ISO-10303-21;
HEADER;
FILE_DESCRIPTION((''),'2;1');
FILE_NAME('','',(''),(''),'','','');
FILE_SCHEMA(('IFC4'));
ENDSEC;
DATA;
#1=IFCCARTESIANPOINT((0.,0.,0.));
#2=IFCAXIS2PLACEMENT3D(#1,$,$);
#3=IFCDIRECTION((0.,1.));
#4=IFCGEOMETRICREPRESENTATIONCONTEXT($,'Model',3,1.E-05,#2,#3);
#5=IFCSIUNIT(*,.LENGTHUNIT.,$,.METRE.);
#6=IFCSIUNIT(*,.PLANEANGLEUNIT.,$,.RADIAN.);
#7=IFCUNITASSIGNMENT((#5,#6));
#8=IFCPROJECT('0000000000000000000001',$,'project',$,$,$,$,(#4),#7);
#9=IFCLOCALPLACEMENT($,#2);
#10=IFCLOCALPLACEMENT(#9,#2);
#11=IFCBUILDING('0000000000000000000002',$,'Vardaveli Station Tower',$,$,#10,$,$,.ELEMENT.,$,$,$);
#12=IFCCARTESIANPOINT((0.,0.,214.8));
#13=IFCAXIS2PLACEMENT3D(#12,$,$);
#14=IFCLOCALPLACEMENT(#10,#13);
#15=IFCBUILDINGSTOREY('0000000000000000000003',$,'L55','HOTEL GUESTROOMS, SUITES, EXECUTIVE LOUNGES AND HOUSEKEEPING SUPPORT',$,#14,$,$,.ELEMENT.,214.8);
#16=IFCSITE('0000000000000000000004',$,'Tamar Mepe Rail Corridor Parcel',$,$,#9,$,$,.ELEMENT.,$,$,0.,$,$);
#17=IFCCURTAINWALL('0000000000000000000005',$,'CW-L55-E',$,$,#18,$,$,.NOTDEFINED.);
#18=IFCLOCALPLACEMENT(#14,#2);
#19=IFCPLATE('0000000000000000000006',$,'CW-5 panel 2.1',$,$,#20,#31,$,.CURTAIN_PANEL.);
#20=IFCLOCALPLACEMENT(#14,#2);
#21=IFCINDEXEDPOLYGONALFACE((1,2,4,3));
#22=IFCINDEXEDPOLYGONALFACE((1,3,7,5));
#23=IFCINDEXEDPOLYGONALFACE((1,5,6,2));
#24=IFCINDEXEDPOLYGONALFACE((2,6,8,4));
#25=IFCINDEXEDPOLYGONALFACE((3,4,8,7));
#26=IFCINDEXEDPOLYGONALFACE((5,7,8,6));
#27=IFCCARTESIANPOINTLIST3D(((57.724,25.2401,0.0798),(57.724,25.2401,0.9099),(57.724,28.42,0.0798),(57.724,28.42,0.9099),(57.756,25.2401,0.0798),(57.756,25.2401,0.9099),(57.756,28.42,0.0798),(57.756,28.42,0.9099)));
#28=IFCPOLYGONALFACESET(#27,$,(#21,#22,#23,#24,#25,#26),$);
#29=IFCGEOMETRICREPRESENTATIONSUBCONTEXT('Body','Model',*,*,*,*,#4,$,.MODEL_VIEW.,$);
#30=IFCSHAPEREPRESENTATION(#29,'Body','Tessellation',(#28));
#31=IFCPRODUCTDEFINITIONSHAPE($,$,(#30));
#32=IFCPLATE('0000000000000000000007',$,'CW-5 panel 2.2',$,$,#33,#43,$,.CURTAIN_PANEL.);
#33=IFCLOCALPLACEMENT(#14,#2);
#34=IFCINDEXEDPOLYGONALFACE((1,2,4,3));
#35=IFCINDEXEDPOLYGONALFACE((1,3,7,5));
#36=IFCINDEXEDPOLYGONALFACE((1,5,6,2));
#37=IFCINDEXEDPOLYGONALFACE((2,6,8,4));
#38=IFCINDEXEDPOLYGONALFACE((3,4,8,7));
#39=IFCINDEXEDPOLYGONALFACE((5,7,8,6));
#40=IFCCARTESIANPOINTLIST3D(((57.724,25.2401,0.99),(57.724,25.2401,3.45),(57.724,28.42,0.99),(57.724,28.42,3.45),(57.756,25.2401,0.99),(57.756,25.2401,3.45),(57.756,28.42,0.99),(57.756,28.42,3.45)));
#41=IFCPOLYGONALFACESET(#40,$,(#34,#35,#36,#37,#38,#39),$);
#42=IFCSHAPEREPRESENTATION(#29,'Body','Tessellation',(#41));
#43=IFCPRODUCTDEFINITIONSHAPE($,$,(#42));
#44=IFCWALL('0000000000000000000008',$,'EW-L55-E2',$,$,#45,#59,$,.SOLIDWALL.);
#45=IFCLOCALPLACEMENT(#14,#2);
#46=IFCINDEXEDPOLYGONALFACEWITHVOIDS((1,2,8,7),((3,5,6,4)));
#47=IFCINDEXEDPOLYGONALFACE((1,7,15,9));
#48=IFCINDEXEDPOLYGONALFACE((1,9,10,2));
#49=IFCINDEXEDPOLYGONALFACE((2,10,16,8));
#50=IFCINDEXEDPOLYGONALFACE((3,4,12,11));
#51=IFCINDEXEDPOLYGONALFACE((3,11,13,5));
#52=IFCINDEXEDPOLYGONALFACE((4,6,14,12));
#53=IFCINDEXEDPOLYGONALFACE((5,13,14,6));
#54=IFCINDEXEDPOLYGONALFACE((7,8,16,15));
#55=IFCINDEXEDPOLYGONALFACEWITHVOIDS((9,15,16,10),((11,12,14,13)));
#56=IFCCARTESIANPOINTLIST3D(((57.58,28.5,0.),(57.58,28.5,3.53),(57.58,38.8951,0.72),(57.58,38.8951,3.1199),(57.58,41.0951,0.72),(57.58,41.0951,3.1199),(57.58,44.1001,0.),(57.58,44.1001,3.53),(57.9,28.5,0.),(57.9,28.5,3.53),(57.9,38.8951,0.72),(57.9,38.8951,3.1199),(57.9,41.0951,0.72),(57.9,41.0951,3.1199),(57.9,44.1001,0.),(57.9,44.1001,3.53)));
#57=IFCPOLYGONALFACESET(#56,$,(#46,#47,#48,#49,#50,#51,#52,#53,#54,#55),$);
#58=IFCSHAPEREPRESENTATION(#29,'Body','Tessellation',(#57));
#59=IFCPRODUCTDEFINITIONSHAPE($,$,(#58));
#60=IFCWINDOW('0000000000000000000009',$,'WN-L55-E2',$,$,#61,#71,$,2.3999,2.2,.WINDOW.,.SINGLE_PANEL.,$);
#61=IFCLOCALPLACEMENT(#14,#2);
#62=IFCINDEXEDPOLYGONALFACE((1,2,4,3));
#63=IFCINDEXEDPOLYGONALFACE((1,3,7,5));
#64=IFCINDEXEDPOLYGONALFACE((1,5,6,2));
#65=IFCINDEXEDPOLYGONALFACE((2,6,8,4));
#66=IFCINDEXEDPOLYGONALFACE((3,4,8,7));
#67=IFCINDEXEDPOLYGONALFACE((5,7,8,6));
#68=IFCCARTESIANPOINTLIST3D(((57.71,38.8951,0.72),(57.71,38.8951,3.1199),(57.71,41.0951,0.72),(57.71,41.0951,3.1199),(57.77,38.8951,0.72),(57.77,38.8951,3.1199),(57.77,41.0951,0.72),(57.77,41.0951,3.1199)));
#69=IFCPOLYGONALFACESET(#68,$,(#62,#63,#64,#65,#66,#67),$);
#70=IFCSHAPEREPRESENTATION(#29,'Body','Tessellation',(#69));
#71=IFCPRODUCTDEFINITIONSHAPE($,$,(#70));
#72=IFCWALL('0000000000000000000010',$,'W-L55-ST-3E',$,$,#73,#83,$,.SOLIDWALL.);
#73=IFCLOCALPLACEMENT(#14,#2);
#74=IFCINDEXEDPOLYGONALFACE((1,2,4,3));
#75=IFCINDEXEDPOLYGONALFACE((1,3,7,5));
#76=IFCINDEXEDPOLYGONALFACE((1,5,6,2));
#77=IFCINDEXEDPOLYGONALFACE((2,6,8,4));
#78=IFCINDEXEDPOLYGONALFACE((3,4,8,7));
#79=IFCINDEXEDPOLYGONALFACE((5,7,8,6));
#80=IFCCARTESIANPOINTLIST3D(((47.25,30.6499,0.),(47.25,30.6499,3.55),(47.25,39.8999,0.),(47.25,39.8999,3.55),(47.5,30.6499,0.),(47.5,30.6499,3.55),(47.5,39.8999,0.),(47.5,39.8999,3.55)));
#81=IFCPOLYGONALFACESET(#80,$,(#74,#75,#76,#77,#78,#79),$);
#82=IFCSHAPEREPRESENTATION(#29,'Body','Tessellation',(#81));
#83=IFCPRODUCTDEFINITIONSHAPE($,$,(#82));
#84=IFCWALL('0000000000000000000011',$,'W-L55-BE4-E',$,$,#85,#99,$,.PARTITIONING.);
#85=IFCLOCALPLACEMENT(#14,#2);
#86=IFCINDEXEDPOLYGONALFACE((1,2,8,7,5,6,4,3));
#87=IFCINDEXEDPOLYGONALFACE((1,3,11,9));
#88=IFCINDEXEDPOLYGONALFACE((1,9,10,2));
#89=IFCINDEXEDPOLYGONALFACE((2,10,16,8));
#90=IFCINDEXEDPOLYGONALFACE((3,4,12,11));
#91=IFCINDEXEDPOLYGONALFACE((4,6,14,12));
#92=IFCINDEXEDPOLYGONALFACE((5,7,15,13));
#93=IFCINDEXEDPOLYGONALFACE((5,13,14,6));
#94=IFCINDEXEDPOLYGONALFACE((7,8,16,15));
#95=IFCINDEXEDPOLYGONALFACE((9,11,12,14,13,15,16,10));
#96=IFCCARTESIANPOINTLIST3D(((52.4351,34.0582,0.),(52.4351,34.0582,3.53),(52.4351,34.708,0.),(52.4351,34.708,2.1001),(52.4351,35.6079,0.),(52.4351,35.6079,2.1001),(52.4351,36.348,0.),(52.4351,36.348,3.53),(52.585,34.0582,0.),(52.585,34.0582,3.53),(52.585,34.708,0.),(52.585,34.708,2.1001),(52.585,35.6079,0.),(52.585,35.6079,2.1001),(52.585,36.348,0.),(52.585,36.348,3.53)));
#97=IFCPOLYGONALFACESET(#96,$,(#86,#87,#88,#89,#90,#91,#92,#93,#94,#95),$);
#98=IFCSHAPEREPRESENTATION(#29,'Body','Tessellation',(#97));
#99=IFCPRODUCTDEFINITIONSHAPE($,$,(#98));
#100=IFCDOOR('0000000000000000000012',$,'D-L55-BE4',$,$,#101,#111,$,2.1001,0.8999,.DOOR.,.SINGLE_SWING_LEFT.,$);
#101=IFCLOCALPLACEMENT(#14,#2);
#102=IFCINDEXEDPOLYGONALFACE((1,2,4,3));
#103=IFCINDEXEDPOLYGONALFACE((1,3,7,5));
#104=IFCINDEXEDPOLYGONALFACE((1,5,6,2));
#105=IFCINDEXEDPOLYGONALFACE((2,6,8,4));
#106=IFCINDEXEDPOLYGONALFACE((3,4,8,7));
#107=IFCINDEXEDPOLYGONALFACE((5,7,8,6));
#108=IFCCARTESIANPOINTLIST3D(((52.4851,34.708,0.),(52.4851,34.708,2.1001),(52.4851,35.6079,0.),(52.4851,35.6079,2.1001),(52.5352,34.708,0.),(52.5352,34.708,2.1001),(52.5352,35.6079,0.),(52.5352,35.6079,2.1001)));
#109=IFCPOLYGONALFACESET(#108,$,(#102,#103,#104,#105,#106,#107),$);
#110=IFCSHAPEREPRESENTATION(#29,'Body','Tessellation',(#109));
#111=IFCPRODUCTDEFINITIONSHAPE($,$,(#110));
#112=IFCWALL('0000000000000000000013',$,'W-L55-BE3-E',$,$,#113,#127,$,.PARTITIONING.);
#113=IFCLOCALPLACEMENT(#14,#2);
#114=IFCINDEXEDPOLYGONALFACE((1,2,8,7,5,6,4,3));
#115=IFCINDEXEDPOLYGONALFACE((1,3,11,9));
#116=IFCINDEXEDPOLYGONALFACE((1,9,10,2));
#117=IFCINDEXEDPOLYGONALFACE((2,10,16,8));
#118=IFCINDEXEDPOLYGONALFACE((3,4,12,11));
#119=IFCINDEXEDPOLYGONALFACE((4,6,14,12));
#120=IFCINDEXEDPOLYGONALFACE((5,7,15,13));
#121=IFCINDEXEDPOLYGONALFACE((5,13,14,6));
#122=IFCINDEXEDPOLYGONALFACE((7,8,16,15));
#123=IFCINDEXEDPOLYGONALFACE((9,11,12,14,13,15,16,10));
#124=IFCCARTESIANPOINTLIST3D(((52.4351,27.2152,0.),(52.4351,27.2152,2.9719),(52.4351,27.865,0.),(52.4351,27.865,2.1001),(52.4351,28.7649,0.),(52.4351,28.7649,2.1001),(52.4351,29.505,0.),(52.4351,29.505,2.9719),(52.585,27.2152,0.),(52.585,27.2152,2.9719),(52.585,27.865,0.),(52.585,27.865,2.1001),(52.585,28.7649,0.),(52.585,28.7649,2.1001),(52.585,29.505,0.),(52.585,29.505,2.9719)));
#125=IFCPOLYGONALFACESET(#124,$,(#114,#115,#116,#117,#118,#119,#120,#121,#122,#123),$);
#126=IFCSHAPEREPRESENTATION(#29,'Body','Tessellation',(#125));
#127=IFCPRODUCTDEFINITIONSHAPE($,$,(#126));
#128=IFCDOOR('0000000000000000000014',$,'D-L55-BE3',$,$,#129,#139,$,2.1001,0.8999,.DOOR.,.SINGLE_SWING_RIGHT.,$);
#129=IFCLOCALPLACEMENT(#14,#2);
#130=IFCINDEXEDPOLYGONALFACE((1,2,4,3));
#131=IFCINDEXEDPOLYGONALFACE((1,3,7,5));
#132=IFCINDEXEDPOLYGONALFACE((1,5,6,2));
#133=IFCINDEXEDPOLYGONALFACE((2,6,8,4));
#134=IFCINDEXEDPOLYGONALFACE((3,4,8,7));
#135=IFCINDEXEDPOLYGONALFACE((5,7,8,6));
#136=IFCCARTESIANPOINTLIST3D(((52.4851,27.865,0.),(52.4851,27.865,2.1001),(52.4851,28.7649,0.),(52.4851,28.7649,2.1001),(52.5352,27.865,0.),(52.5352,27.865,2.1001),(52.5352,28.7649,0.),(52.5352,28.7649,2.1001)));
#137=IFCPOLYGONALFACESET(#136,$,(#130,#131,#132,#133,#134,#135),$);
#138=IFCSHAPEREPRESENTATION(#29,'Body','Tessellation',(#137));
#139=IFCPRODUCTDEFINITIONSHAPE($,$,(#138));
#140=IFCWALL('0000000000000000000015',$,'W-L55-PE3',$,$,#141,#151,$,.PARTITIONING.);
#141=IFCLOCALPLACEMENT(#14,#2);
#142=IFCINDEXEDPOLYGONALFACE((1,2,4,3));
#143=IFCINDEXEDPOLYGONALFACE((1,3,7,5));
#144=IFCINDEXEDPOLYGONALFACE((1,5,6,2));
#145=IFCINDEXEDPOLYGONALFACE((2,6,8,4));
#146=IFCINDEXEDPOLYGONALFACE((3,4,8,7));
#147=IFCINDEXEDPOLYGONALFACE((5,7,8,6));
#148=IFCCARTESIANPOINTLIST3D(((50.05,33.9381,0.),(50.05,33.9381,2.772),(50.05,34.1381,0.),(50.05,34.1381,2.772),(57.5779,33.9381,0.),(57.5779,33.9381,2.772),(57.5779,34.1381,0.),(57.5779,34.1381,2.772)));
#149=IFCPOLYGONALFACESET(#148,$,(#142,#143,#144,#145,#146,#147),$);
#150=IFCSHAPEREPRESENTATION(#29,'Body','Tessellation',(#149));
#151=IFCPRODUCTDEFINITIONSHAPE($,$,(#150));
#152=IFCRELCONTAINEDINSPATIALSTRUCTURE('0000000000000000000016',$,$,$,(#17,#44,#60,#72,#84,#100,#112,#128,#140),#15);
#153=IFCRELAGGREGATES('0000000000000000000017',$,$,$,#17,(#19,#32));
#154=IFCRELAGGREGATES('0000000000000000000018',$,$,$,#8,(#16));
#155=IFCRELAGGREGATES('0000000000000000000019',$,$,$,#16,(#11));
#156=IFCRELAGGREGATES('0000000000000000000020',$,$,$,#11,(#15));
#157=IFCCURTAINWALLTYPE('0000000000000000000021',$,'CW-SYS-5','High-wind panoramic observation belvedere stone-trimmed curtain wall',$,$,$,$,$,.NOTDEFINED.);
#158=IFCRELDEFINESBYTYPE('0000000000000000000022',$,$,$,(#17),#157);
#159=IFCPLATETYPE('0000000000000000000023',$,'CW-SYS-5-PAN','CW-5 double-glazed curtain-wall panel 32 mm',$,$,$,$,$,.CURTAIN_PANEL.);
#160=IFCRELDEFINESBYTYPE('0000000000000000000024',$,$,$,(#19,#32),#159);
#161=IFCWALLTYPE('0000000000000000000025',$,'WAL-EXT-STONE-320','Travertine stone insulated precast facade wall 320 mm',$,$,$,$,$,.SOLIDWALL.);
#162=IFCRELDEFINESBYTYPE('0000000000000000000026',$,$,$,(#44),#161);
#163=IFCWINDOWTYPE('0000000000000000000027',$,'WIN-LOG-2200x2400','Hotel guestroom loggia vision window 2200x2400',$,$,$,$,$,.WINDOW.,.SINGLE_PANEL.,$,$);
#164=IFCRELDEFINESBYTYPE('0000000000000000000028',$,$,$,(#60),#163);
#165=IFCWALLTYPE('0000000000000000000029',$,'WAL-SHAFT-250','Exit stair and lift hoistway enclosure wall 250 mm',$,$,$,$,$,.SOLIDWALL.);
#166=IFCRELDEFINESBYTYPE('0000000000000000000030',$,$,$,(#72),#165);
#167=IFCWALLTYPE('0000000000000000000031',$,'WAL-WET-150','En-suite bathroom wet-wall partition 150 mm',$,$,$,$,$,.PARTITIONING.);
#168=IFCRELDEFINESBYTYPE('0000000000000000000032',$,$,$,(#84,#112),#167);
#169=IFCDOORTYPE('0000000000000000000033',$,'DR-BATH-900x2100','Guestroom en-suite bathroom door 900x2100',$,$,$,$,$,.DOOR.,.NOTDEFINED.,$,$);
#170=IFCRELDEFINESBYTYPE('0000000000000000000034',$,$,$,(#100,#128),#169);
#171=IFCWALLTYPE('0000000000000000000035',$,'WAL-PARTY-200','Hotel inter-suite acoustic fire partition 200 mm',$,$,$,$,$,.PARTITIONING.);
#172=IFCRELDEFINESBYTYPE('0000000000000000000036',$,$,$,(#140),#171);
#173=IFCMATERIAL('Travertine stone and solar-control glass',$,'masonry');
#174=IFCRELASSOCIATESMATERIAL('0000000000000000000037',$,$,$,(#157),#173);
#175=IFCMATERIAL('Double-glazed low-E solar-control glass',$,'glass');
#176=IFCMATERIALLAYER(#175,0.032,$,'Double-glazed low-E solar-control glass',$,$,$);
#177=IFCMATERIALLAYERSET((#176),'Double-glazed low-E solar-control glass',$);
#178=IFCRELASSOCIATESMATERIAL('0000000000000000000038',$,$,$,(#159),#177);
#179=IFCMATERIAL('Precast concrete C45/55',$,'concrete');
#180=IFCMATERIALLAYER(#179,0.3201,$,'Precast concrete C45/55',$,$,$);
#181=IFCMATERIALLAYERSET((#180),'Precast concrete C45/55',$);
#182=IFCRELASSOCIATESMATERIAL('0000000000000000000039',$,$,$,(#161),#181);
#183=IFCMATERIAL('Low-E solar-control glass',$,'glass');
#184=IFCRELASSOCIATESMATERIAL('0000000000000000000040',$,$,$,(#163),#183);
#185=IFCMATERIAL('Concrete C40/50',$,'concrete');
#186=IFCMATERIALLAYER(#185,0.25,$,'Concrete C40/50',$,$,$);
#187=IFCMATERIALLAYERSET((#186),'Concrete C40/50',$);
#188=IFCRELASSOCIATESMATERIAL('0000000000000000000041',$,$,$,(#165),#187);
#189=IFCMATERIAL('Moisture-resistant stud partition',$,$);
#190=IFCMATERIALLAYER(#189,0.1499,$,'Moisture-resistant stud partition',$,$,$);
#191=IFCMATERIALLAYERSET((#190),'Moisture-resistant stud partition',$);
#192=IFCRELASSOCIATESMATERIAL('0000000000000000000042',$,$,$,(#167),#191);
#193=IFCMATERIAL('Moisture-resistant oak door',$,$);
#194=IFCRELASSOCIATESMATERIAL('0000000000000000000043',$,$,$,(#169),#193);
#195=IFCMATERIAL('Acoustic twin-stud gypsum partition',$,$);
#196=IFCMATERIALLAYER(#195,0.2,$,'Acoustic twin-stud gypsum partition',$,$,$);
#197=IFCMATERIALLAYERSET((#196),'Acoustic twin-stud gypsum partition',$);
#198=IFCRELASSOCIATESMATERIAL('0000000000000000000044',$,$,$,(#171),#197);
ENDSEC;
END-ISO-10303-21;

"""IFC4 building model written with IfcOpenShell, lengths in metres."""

from ifc_helpers import new_model, si_unit, direction, frame, frame_2d, origin, origin_2d, place, context, subcontext, project, spatial, rectangle, extrude, source, transform, mapped, material, layer, layer_set, type_object, element, fill, aggregate, save


model = new_model("IFC4")

# Units and contexts
model_context = context("Model", 3, precision=1e-05, world=origin(), true_north=direction((0.0, 1.0)))
body_context = subcontext(model_context, "Body", "Model", "MODEL_VIEW")
ifc_project = project(units=[si_unit("LENGTHUNIT", "METRE"), si_unit("PLANEANGLEUNIT", "RADIAN")], contexts=[model_context])

# Site, building, storey
site_placement = place(None, origin())
site = spatial("IfcSite", under=ifc_project, at=site_placement, Name="Tamar Mepe Rail Corridor Parcel", CompositionType="ELEMENT", RefElevation=0.0)
building_placement = place(site_placement, origin())
building = spatial("IfcBuilding", under=site, at=building_placement, Name="Vardaveli Station Tower", CompositionType="ELEMENT")
storey_placement = place(building_placement, frame((0.0, 0.0, 214.8)))
storey = spatial("IfcBuildingStorey", under=building, at=storey_placement, Name="L55", Description="HOTEL GUESTROOMS, SUITES, EXECUTIVE LOUNGES AND HOUSEKEEPING SUPPORT", CompositionType="ELEMENT", Elevation=214.8)

# Shared definitions
ifc_material_1 = material(Name="Precast concrete C45/55", Category="concrete")

# Curtain wall, plates
ifc_material_2 = material(Name="Travertine stone and solar-control glass", Category="masonry")
curtain_wall_type = type_object("IfcCurtainWallType", Name="CW-SYS-5", Description="High-wind panoramic observation belvedere stone-trimmed curtain wall", PredefinedType="NOTDEFINED", material=ifc_material_2)
curtain_wall_placement = place(storey_placement, origin())
curtain_wall = element("IfcCurtainWall", 1, at=curtain_wall_placement, inside=storey, type_object=curtain_wall_type, Name="CW-L55-E", PredefinedType="NOTDEFINED")
ifc_material_3 = material(Name="Double-glazed low-E solar-control glass", Category="glass")
ifc_layer_1 = layer(ifc_material_3, 0.032, Name="Double-glazed low-E solar-control glass")
ifc_layer_set_1 = layer_set([ifc_layer_1], Name="Double-glazed low-E solar-control glass")
plate_type = type_object("IfcPlateType", Name="CW-SYS-5-PAN", Description="CW-5 double-glazed curtain-wall panel 32 mm", PredefinedType="CURTAIN_PANEL", material=ifc_layer_set_1)
shared_shape_1 = source(origin(), body_context, "Body", "SweptSolid", [
    extrude(rectangle(XDim=3.1799, YDim=0.032, at=origin_2d()), origin(), (0.0, 0.0, 1.0), 0.8301),
])
plate_1_placement = place(storey_placement, frame((57.74, 26.8301, 0.0798), z_axis=(0.0, 0.0, 1.0), x_axis=(0.0, 1.0, 0.0)))
plate_1 = element("IfcPlate", 2, at=plate_1_placement, type_object=plate_type, Name="CW-5 panel 2.1", PredefinedType="CURTAIN_PANEL", context=body_context, shape_type="MappedRepresentation", body=[
    mapped(shared_shape_1, transform((0.0, 0.0, 0.0), scale=1.0)),
])
shared_shape_2 = source(origin(), body_context, "Body", "SweptSolid", [
    extrude(rectangle(XDim=3.1799, YDim=0.032, at=origin_2d()), origin(), (0.0, 0.0, 1.0), 2.46),
])
plate_2_placement = place(storey_placement, frame((57.74, 26.8301, 0.99), z_axis=(0.0, 0.0, 1.0), x_axis=(0.0, 1.0, 0.0)))
plate_2 = element("IfcPlate", 3, at=plate_2_placement, type_object=plate_type, Name="CW-5 panel 2.2", PredefinedType="CURTAIN_PANEL", context=body_context, shape_type="MappedRepresentation", body=[
    mapped(shared_shape_2, transform((0.0, 0.0, 0.0), scale=1.0)),
])
aggregate(curtain_wall, [plate_1, plate_2])

# Wall, opening, window
ifc_layer_2 = layer(ifc_material_1, 0.3201, Name="Precast concrete C45/55")
ifc_layer_set_2 = layer_set([ifc_layer_2], Name="Precast concrete C45/55")
wall_type_1 = type_object("IfcWallType", Name="WAL-EXT-STONE-320", Description="Travertine stone insulated precast facade wall 320 mm", PredefinedType="SOLIDWALL", material=ifc_layer_set_2)
shared_shape_3 = source(origin(), body_context, "Body", "SweptSolid", [
    extrude(rectangle(XDim=15.6001, YDim=0.3201, at=frame_2d((7.8, 0.0))), origin(), (0.0, 0.0, 1.0), 3.53),
])
wall_1_placement = place(storey_placement, frame((57.74, 28.5, 0.0), z_axis=(0.0, 0.0, 1.0), x_axis=(0.0, 1.0, 0.0)))
wall_1 = element("IfcWall", 4, at=wall_1_placement, inside=storey, type_object=wall_type_1, Name="EW-L55-E2", PredefinedType="SOLIDWALL", context=body_context, shape_type="MappedRepresentation", body=[
    mapped(shared_shape_3, transform((0.0, 0.0, 0.0), scale=1.0)),
])
shared_shape_4 = source(origin(), body_context, "Body", "SweptSolid", [
    extrude(rectangle(XDim=2.2, YDim=2.3999, at=frame_2d((1.1001, 1.2))), frame((0.0, 0.1699, 0.0), z_axis=(0.0, -1.0, 0.0), x_axis=(1.0, 0.0, 0.0)), (0.0, 0.0, 1.0), 0.3401),
])
opening_1_placement = place(wall_1_placement, frame((10.395, 0.0, 0.72)))
opening_1 = element("IfcOpeningElement", 5, at=opening_1_placement, cuts=wall_1, PredefinedType="OPENING", context=body_context, shape_type="MappedRepresentation", body=[
    mapped(shared_shape_4, transform((0.0, 0.0, 0.0), scale=1.0)),
])
ifc_material_4 = material(Name="Low-E solar-control glass", Category="glass")
window_type = type_object("IfcWindowType", Name="WIN-LOG-2200x2400", Description="Hotel guestroom loggia vision window 2200x2400", PartitioningType="SINGLE_PANEL", PredefinedType="WINDOW", material=ifc_material_4)
shared_shape_5 = source(origin(), body_context, "Body", "SweptSolid", [
    extrude(rectangle(XDim=2.2, YDim=2.3999, at=frame_2d((1.1001, 1.2))), frame((0.0, 0.03, 0.0), z_axis=(0.0, -1.0, 0.0), x_axis=(1.0, 0.0, 0.0)), (0.0, 0.0, 1.0), 0.0601),
])
window_placement = place(opening_1_placement, origin())
window = element("IfcWindow", 6, at=window_placement, inside=storey, type_object=window_type, Name="WN-L55-E2", OverallHeight=2.3999, OverallWidth=2.2, PartitioningType="SINGLE_PANEL", PredefinedType="WINDOW", context=body_context, shape_type="MappedRepresentation", body=[
    mapped(shared_shape_5, transform((0.0, 0.0, 0.0), scale=1.0)),
])
fill(opening_1, window)

# Wall
ifc_material_5 = material(Name="Concrete C40/50", Category="concrete")
ifc_layer_3 = layer(ifc_material_5, 0.25, Name="Concrete C40/50")
ifc_layer_set_3 = layer_set([ifc_layer_3], Name="Concrete C40/50")
wall_type_2 = type_object("IfcWallType", Name="WAL-SHAFT-250", Description="Exit stair and lift hoistway enclosure wall 250 mm", PredefinedType="SOLIDWALL", material=ifc_layer_set_3)
shared_shape_6 = source(origin(), body_context, "Body", "SweptSolid", [
    extrude(rectangle(XDim=9.25, YDim=0.25, at=frame_2d((4.625, 0.0))), origin(), (0.0, 0.0, 1.0), 3.55),
])
wall_2_placement = place(storey_placement, frame((47.375, 30.6499, 0.0), z_axis=(0.0, 0.0, 1.0), x_axis=(0.0, 1.0, 0.0)))
element("IfcWall", 7, at=wall_2_placement, inside=storey, type_object=wall_type_2, Name="W-L55-ST-3E", PredefinedType="SOLIDWALL", context=body_context, shape_type="MappedRepresentation", body=[
    mapped(shared_shape_6, transform((0.0, 0.0, 0.0), scale=1.0)),
])

# Walls, openings, doors
ifc_material_6 = material(Name="Moisture-resistant stud partition")
ifc_layer_4 = layer(ifc_material_6, 0.1499, Name="Moisture-resistant stud partition")
ifc_layer_set_4 = layer_set([ifc_layer_4], Name="Moisture-resistant stud partition")
wall_type_3 = type_object("IfcWallType", Name="WAL-WET-150", Description="En-suite bathroom wet-wall partition 150 mm", PredefinedType="PARTITIONING", material=ifc_layer_set_4)
shared_shape_7 = source(origin(), body_context, "Body", "SweptSolid", [
    extrude(rectangle(XDim=2.2898, YDim=0.1499, at=frame_2d((1.145, 0.0))), origin(), (0.0, 0.0, 1.0), 3.53),
])
wall_3_placement = place(storey_placement, frame((52.51, 34.0581, 0.0), z_axis=(0.0, 0.0, 1.0), x_axis=(0.0, 1.0, 0.0)))
wall_3 = element("IfcWall", 8, at=wall_3_placement, inside=storey, type_object=wall_type_3, Name="W-L55-BE4-E", PredefinedType="PARTITIONING", context=body_context, shape_type="MappedRepresentation", body=[
    mapped(shared_shape_7, transform((0.0, 0.0, 0.0), scale=1.0)),
])
shared_shape_8 = source(origin(), body_context, "Body", "SweptSolid", [
    extrude(rectangle(XDim=0.8999, YDim=2.1001, at=frame_2d((0.45, 1.05))), frame((0.0, 0.085, 0.0), z_axis=(0.0, -1.0, 0.0), x_axis=(1.0, 0.0, 0.0)), (0.0, 0.0, 1.0), 0.1699),
])
opening_2_placement = place(wall_3_placement, frame((0.6499, 0.0, 0.0)))
opening_2 = element("IfcOpeningElement", 9, at=opening_2_placement, cuts=wall_3, PredefinedType="OPENING", context=body_context, shape_type="MappedRepresentation", body=[
    mapped(shared_shape_8, transform((0.0, 0.0, 0.0), scale=1.0)),
])
ifc_material_7 = material(Name="Moisture-resistant oak door")
door_type = type_object("IfcDoorType", Name="DR-BATH-900x2100", Description="Guestroom en-suite bathroom door 900x2100", OperationType="NOTDEFINED", PredefinedType="DOOR", material=ifc_material_7)
shared_shape_9 = source(origin(), body_context, "Body", "SweptSolid", [
    extrude(rectangle(XDim=0.8999, YDim=2.1001, at=frame_2d((0.45, 1.05))), frame((0.0, 0.0249, 0.0), z_axis=(0.0, -1.0, 0.0), x_axis=(1.0, 0.0, 0.0)), (0.0, 0.0, 1.0), 0.05),
])
door_1_placement = place(opening_2_placement, origin())
door_1 = element("IfcDoor", 10, at=door_1_placement, inside=storey, type_object=door_type, Name="D-L55-BE4", OperationType="SINGLE_SWING_LEFT", OverallHeight=2.1001, OverallWidth=0.8999, PredefinedType="DOOR", context=body_context, shape_type="MappedRepresentation", body=[
    mapped(shared_shape_9, transform((0.0, 0.0, 0.0), scale=1.0)),
])
fill(opening_2, door_1)
shared_shape_10 = source(origin(), body_context, "Body", "SweptSolid", [
    extrude(rectangle(XDim=2.2898, YDim=0.1499, at=frame_2d((1.145, 0.0))), origin(), (0.0, 0.0, 1.0), 2.9719),
])
wall_4_placement = place(storey_placement, frame((52.51, 27.2151, 0.0), z_axis=(0.0, 0.0, 1.0), x_axis=(0.0, 1.0, 0.0)))
wall_4 = element("IfcWall", 11, at=wall_4_placement, inside=storey, type_object=wall_type_3, Name="W-L55-BE3-E", PredefinedType="PARTITIONING", context=body_context, shape_type="MappedRepresentation", body=[
    mapped(shared_shape_10, transform((0.0, 0.0, 0.0), scale=1.0)),
])
opening_3_placement = place(wall_4_placement, frame((0.6499, 0.0, 0.0)))
opening_3 = element("IfcOpeningElement", 12, at=opening_3_placement, cuts=wall_4, PredefinedType="OPENING", context=body_context, shape_type="MappedRepresentation", body=[
    mapped(shared_shape_8, transform((0.0, 0.0, 0.0), scale=1.0)),
])
door_2_placement = place(opening_3_placement, origin())
door_2 = element("IfcDoor", 13, at=door_2_placement, inside=storey, type_object=door_type, Name="D-L55-BE3", OperationType="SINGLE_SWING_RIGHT", OverallHeight=2.1001, OverallWidth=0.8999, PredefinedType="DOOR", context=body_context, shape_type="MappedRepresentation", body=[
    mapped(shared_shape_9, transform((0.0, 0.0, 0.0), scale=1.0)),
])
fill(opening_3, door_2)

# Wall
ifc_material_8 = material(Name="Acoustic twin-stud gypsum partition")
ifc_layer_5 = layer(ifc_material_8, 0.2, Name="Acoustic twin-stud gypsum partition")
ifc_layer_set_5 = layer_set([ifc_layer_5], Name="Acoustic twin-stud gypsum partition")
wall_type_4 = type_object("IfcWallType", Name="WAL-PARTY-200", Description="Hotel inter-suite acoustic fire partition 200 mm", PredefinedType="PARTITIONING", material=ifc_layer_set_5)
shared_shape_11 = source(origin(), body_context, "Body", "SweptSolid", [
    extrude(rectangle(XDim=7.5278, YDim=0.2, at=frame_2d((3.7639, 0.0))), origin(), (0.0, 0.0, 1.0), 2.772),
])
wall_5_placement = place(storey_placement, frame((50.05, 34.0381, 0.0), z_axis=(0.0, 0.0, 1.0), x_axis=(1.0, 0.0, 0.0)))
element("IfcWall", 14, at=wall_5_placement, inside=storey, type_object=wall_type_4, Name="W-L55-PE3", PredefinedType="PARTITIONING", context=body_context, shape_type="MappedRepresentation", body=[
    mapped(shared_shape_11, transform((0.0, 0.0, 0.0), scale=1.0)),
])

save(model, "model.ifc")
